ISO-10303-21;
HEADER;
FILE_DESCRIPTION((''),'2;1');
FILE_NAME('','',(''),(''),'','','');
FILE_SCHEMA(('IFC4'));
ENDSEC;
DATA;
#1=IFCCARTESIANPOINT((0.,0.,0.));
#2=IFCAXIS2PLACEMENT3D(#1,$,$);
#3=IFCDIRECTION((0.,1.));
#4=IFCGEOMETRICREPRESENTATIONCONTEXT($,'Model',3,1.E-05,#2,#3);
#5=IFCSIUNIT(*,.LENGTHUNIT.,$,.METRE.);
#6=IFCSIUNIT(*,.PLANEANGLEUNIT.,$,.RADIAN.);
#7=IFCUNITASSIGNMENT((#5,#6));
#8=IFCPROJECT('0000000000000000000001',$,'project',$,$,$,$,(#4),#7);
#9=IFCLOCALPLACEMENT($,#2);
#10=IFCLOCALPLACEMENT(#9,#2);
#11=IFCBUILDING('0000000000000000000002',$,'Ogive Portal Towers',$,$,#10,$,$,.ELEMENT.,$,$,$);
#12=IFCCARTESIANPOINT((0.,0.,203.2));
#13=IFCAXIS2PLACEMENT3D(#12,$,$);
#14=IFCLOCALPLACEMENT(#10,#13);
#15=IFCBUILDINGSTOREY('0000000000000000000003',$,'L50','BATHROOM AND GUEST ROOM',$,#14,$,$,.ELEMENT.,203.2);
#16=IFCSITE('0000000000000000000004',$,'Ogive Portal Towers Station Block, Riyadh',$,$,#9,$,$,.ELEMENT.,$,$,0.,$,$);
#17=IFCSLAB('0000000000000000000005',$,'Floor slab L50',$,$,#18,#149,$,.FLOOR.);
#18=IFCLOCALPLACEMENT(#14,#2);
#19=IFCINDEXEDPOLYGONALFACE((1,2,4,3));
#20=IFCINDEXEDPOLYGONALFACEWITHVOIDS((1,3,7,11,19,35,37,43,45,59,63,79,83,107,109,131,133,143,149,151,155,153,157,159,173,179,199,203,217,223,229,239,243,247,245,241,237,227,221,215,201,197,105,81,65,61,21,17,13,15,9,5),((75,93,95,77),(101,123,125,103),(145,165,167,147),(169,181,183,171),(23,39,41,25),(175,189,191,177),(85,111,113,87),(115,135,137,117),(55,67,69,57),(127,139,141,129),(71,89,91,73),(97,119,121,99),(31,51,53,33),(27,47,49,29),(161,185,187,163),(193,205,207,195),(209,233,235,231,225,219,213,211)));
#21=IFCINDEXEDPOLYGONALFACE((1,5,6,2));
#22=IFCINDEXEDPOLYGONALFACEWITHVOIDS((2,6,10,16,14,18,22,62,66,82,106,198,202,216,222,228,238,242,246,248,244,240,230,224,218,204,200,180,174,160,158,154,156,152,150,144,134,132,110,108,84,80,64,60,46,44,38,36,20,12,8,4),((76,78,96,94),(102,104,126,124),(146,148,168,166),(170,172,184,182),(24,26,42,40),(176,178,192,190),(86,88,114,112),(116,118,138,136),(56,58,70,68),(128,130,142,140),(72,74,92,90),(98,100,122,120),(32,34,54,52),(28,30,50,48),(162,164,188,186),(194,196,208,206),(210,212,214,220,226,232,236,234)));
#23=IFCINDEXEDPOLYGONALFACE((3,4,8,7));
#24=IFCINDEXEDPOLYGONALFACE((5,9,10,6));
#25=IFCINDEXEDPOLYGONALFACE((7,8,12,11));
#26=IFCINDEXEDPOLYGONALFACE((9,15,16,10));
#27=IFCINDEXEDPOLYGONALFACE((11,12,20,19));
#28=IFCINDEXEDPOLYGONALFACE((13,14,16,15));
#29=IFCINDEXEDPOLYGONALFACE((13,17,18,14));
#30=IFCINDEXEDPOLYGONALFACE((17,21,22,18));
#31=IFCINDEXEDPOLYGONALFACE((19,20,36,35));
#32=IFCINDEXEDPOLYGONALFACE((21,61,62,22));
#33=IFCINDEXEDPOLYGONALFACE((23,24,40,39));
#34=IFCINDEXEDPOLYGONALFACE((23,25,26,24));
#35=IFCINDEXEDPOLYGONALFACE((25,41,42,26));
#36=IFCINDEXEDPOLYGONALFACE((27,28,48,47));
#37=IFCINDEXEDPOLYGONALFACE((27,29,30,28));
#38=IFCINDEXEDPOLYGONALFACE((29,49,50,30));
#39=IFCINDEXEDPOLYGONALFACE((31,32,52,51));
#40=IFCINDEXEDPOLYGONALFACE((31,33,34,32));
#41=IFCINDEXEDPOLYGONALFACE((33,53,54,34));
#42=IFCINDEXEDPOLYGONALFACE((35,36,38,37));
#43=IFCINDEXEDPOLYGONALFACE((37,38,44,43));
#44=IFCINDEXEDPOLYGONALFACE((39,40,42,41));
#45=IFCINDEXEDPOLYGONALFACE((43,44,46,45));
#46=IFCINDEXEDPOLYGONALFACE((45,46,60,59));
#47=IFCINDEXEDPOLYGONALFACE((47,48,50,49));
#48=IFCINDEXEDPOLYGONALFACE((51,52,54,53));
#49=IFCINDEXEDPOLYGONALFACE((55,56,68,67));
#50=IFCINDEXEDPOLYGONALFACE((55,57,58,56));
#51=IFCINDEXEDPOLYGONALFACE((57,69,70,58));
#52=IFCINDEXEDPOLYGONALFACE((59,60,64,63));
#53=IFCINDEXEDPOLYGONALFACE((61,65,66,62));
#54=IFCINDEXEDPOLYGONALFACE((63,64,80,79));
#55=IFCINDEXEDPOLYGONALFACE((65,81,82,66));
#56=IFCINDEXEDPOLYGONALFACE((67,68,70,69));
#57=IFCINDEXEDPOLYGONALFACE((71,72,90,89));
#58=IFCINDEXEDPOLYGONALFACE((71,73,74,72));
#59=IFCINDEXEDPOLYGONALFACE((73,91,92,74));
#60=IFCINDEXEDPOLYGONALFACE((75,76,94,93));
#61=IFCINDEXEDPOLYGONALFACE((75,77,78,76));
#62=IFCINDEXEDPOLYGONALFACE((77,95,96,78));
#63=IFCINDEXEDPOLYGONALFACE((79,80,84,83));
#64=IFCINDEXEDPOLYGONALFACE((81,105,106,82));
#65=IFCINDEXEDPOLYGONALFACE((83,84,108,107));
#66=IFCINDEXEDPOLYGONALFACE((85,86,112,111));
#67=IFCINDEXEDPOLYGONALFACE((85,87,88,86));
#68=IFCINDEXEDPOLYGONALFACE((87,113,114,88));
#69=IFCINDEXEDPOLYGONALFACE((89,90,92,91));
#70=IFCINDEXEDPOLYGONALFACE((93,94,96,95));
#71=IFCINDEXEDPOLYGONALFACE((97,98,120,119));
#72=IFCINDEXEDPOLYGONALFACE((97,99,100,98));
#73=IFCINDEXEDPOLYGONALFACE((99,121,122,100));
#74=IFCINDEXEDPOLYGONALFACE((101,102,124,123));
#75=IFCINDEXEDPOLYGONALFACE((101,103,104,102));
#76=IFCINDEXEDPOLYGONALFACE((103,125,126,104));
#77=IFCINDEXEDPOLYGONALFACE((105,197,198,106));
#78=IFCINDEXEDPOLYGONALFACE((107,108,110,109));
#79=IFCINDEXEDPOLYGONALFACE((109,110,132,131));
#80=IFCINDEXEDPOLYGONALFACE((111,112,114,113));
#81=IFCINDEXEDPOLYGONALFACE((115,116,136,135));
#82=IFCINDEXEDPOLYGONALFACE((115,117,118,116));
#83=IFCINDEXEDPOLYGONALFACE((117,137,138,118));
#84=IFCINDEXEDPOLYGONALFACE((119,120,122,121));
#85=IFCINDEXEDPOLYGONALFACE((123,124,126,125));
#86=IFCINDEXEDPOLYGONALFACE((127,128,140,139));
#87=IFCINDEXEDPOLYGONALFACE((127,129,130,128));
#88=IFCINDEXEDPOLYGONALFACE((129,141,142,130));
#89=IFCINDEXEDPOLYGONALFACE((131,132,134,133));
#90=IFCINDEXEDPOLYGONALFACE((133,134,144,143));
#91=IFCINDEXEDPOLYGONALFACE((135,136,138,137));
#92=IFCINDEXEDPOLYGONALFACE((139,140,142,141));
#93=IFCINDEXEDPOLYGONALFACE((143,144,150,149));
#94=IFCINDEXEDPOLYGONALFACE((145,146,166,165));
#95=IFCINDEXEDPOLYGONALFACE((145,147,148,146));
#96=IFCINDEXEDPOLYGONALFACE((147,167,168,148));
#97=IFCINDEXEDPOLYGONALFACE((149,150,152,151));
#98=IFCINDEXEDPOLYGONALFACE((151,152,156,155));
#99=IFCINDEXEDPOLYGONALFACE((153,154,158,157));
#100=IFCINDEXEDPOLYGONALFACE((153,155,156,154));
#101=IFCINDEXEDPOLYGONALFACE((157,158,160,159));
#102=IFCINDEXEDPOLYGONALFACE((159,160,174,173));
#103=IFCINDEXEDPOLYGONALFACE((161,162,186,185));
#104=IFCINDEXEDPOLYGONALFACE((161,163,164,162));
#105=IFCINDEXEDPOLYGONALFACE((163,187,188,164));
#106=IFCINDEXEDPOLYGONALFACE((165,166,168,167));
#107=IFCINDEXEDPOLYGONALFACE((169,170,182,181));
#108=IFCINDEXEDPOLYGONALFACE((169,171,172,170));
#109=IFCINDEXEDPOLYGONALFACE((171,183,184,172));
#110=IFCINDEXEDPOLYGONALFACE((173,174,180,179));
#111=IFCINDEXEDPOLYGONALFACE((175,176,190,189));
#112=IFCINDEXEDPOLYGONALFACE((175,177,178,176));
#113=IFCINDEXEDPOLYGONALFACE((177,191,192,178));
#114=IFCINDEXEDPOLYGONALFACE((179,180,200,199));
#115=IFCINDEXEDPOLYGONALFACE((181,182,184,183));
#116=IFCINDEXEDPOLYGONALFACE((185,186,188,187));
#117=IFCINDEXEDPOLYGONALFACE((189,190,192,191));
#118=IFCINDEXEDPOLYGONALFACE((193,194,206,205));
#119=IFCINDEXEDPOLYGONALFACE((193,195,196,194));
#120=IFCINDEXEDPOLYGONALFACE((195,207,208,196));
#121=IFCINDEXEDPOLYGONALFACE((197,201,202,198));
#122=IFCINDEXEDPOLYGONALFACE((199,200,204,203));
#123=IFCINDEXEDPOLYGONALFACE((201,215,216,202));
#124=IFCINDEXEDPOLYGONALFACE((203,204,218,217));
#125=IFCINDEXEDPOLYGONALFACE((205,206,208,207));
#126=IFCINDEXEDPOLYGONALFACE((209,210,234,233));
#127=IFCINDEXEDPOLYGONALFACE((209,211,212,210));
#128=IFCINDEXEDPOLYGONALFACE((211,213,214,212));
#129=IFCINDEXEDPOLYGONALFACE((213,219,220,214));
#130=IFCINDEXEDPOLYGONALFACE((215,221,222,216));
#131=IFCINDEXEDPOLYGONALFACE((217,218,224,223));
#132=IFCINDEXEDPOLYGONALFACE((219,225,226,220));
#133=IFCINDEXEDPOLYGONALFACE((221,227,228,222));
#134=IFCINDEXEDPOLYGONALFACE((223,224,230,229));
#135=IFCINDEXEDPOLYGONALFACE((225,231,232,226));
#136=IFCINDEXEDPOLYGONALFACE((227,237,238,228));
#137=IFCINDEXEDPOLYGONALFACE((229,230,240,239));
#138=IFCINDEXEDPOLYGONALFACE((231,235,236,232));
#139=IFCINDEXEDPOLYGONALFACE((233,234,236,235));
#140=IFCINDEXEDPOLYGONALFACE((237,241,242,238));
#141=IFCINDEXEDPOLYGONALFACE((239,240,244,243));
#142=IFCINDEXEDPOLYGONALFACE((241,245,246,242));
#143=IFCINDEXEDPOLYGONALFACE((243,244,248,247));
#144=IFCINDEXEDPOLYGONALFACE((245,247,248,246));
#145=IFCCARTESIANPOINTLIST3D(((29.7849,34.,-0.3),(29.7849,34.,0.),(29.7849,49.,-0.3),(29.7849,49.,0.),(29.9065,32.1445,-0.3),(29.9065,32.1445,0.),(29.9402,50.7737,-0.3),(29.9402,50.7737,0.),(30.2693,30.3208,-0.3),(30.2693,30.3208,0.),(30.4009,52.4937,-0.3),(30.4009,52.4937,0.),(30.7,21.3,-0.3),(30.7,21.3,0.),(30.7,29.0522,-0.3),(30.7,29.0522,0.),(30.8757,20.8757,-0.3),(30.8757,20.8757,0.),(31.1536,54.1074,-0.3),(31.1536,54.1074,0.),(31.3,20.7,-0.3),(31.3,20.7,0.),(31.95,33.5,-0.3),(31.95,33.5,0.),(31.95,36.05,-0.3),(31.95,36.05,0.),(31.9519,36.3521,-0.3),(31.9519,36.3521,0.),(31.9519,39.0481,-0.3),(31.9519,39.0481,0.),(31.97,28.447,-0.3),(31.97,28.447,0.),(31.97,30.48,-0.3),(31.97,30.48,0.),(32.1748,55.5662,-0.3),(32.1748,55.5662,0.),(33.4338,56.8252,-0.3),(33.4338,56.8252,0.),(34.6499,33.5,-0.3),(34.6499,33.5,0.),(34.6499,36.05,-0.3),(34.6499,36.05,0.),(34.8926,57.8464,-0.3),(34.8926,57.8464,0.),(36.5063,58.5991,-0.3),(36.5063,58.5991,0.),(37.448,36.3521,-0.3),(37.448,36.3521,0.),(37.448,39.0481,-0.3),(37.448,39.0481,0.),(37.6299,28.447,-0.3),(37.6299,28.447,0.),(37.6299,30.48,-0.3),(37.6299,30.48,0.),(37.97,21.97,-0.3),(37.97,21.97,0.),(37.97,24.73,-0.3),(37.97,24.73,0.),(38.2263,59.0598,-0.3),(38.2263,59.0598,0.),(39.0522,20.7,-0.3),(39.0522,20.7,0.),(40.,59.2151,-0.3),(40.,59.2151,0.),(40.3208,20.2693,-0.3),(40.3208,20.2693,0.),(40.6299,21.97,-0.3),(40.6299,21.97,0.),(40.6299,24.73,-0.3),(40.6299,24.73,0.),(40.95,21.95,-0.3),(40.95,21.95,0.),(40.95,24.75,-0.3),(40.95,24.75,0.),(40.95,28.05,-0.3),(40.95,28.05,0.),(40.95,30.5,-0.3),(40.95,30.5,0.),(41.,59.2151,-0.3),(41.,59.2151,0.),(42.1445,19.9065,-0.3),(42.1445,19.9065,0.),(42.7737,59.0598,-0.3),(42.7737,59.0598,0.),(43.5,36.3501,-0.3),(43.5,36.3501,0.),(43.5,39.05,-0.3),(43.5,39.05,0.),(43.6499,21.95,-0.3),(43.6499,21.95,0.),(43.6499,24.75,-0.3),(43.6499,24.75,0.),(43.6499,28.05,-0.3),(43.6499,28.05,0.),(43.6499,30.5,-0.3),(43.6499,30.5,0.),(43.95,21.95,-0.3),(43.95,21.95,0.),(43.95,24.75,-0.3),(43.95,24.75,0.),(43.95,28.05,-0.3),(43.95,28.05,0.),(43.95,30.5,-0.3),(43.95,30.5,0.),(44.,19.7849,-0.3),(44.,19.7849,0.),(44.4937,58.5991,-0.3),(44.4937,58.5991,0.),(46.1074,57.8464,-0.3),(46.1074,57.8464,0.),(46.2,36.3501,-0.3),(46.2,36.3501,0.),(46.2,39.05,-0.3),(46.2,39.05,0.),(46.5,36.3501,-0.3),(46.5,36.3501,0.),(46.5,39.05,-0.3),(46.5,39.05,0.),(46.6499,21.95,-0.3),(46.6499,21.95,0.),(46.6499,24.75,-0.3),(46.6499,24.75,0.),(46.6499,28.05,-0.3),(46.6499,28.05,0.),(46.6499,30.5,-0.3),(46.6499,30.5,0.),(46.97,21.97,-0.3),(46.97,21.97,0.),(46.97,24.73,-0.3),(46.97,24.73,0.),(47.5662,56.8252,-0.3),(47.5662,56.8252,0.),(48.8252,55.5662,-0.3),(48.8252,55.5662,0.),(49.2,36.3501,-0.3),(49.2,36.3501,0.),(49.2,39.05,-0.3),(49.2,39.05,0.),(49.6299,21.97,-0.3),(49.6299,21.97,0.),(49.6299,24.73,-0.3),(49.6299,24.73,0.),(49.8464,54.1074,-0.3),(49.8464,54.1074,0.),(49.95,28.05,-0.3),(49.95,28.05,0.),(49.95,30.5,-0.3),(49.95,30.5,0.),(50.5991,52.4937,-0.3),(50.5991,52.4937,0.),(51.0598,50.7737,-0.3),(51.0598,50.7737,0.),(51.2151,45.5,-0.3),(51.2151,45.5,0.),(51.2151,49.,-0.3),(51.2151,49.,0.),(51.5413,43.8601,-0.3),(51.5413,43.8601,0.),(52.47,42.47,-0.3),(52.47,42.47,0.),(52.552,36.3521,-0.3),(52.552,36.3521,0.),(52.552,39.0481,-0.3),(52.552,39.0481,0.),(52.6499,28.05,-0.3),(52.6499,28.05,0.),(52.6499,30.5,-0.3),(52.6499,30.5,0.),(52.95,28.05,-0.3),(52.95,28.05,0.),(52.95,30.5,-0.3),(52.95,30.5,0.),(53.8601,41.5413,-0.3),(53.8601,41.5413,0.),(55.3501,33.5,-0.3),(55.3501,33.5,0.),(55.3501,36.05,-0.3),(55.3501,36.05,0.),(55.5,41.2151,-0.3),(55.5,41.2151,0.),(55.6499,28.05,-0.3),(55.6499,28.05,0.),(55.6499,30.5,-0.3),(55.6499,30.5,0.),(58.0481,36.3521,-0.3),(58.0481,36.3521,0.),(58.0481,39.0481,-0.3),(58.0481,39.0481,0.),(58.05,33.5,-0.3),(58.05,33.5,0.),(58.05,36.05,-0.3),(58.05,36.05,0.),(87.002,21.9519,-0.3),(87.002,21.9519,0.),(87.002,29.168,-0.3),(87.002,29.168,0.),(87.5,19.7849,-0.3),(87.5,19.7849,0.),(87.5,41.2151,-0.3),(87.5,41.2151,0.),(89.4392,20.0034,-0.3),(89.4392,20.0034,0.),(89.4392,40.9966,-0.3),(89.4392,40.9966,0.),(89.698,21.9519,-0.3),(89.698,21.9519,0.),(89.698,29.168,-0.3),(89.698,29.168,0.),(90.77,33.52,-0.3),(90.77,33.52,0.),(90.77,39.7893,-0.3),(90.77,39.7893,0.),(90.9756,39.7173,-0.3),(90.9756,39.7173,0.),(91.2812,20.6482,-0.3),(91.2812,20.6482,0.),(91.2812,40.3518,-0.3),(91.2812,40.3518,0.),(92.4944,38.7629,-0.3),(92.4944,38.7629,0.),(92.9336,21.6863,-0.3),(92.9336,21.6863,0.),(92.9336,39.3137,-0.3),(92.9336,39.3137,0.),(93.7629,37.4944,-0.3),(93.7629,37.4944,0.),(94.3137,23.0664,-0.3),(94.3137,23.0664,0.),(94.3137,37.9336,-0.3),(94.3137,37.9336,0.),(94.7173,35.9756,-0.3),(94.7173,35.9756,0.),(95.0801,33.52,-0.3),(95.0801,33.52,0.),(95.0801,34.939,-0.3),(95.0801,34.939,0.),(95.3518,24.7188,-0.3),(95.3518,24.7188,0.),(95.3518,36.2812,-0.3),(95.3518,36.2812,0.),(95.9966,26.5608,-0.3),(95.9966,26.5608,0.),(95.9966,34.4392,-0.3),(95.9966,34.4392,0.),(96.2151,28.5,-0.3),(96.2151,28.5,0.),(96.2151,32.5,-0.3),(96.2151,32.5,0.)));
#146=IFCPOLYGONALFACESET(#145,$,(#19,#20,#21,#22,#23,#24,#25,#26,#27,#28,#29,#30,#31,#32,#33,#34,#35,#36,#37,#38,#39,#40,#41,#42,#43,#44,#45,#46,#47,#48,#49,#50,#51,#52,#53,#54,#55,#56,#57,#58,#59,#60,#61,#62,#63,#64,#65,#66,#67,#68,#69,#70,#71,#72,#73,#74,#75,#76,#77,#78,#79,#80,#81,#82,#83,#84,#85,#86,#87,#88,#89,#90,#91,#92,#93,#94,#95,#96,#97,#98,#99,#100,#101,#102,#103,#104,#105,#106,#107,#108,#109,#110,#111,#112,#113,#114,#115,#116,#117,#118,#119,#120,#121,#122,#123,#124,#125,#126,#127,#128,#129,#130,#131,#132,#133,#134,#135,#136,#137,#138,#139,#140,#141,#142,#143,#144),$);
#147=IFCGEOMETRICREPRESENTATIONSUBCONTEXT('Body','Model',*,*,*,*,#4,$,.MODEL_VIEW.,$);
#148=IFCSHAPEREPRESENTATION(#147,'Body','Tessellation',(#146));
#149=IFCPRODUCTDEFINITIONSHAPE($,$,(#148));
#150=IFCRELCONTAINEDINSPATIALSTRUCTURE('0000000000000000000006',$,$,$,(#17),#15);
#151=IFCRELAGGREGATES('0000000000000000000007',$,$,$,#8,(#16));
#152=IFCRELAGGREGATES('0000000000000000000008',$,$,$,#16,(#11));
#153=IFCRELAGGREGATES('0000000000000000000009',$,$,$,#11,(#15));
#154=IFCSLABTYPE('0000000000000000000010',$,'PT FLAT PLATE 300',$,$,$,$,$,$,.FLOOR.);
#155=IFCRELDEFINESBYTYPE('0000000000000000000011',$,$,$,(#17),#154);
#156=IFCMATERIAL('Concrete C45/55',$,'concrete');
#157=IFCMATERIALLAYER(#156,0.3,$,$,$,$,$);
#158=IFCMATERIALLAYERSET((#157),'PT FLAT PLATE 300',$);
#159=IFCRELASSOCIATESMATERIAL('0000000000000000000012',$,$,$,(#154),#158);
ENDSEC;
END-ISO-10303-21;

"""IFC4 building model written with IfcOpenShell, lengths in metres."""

from ifc_helpers import new_model, si_unit, direction, frame, origin, place, context, subcontext, project, spatial, polyline, outline, extrude, material, layer, layer_set, type_object, element, save


model = new_model("IFC4")

# Units and contexts
model_context = context("Model", 3, precision=1e-05, world=origin(), true_north=direction((0.0, 1.0)))
body_context = subcontext(model_context, "Body", "Model", "MODEL_VIEW")
ifc_project = project(units=[si_unit("LENGTHUNIT", "METRE"), si_unit("PLANEANGLEUNIT", "RADIAN")], contexts=[model_context])

# Site, building, storey
site_placement = place(None, origin())
site = spatial("IfcSite", under=ifc_project, at=site_placement, Name="Ogive Portal Towers Station Block, Riyadh", CompositionType="ELEMENT", RefElevation=0.0)
building_placement = place(site_placement, origin())
building = spatial("IfcBuilding", under=site, at=building_placement, Name="Ogive Portal Towers", CompositionType="ELEMENT")
storey_placement = place(building_placement, frame((0.0, 0.0, 203.2)))
storey = spatial("IfcBuildingStorey", under=building, at=storey_placement, Name="L50", Description="BATHROOM AND GUEST ROOM", CompositionType="ELEMENT", Elevation=203.2)

# Slab
ifc_material_1 = material(Name="Concrete C45/55", Category="concrete")
ifc_layer_1 = layer(ifc_material_1, 0.3)
ifc_layer_set_1 = layer_set([ifc_layer_1], Name="PT FLAT PLATE 300")
slab_type_1 = type_object("IfcSlabType", Name="PT FLAT PLATE 300", PredefinedType="FLOOR", material=ifc_layer_set_1)
slab_1_placement = place(storey_placement, frame((0.0, 0.0, -0.3)))
element("IfcSlab", 1, at=slab_1_placement, inside=storey, type_object=slab_type_1, Name="Floor slab L50", PredefinedType="FLOOR", context=body_context, shape_type="SweptSolid", body=[
    extrude(outline(polyline([(29.9065, 32.1445), (30.2693, 30.3208), (30.7, 29.0522), (30.7, 21.3), (30.8757, 20.8757), (31.3, 20.7), (39.0522, 20.7), (40.3208, 20.2693), (42.1445, 19.9065), (44.0, 19.7849), (87.5, 19.7849), (89.4392, 20.0034), (91.2812, 20.6482), (92.9336, 21.6863), (94.3137, 23.0664), (95.3518, 24.7188), (95.9966, 26.5608), (96.2151, 28.5), (96.2151, 32.5), (95.9966, 34.4392), (95.3518, 36.2812), (94.3137, 37.9336), (92.9336, 39.3137), (91.2812, 40.3518), (89.4392, 40.9966), (87.5, 41.2151), (55.5, 41.2151), (53.8601, 41.5413), (52.47, 42.47), (51.5413, 43.8601), (51.2151, 45.5), (51.2151, 49.0), (51.0598, 50.7737), (50.5991, 52.4937), (49.8464, 54.1074), (48.8252, 55.5662), (47.5662, 56.8252), (46.1074, 57.8464), (44.4937, 58.5991), (42.7737, 59.0598), (41.0, 59.2151), (40.0, 59.2151), (38.2263, 59.0598), (36.5063, 58.5991), (34.8926, 57.8464), (33.4338, 56.8252), (32.1748, 55.5662), (31.1536, 54.1074), (30.4009, 52.4937), (29.9402, 50.7737), (29.7849, 49.0), (29.7849, 34.0), (29.9065, 32.1445)]), holes=[polyline([(40.6299, 21.97), (37.97, 21.97), (37.97, 24.73), (40.6299, 24.73), (40.6299, 21.97)]), polyline([(43.6499, 24.75), (43.6499, 21.95), (40.95, 21.95), (40.95, 24.75), (43.6499, 24.75)]), polyline([(46.6499, 24.75), (46.6499, 21.95), (43.95, 21.95), (43.95, 24.75), (46.6499, 24.75)]), polyline([(43.6499, 30.5), (43.6499, 28.05), (40.95, 28.05), (40.95, 30.5), (43.6499, 30.5)]), polyline([(46.6499, 30.5), (46.6499, 28.05), (43.95, 28.05), (43.95, 30.5), (46.6499, 30.5)]), polyline([(37.6299, 28.447), (31.97, 28.447), (31.97, 30.48), (37.6299, 30.48), (37.6299, 28.447)]), polyline([(34.6499, 36.05), (34.6499, 33.5), (31.95, 33.5), (31.95, 36.05), (34.6499, 36.05)]), polyline([(31.9519, 39.0481), (37.448, 39.0481), (37.448, 36.3521), (31.9519, 36.3521), (31.9519, 39.0481)]), polyline([(46.2, 39.05), (46.2, 36.3501), (43.5, 36.3501), (43.5, 39.05), (46.2, 39.05)]), polyline([(49.6299, 21.97), (46.97, 21.97), (46.97, 24.73), (49.6299, 24.73), (49.6299, 21.97)]), polyline([(87.002, 21.9519), (87.002, 29.168), (89.698, 29.168), (89.698, 21.9519), (87.002, 21.9519)]), polyline([(52.6499, 30.5), (52.6499, 28.05), (49.95, 28.05), (49.95, 30.5), (52.6499, 30.5)]), polyline([(55.6499, 30.5), (55.6499, 28.05), (52.95, 28.05), (52.95, 30.5), (55.6499, 30.5)]), polyline([(58.05, 36.05), (58.05, 33.5), (55.3501, 33.5), (55.3501, 36.05), (58.05, 36.05)]), polyline([(93.7629, 37.4944), (94.7173, 35.9756), (95.0801, 34.939), (95.0801, 33.52), (90.77, 33.52), (90.77, 39.7893), (90.9756, 39.7173), (92.4944, 38.7629), (93.7629, 37.4944)]), polyline([(49.2, 36.3501), (46.5, 36.3501), (46.5, 39.05), (49.2, 39.05), (49.2, 36.3501)]), polyline([(52.552, 36.3521), (52.552, 39.0481), (58.0481, 39.0481), (58.0481, 36.3521), (52.552, 36.3521)])]), origin(), (0.0, 0.0, 1.0), 0.3),
])

save(model, "model.ifc")
